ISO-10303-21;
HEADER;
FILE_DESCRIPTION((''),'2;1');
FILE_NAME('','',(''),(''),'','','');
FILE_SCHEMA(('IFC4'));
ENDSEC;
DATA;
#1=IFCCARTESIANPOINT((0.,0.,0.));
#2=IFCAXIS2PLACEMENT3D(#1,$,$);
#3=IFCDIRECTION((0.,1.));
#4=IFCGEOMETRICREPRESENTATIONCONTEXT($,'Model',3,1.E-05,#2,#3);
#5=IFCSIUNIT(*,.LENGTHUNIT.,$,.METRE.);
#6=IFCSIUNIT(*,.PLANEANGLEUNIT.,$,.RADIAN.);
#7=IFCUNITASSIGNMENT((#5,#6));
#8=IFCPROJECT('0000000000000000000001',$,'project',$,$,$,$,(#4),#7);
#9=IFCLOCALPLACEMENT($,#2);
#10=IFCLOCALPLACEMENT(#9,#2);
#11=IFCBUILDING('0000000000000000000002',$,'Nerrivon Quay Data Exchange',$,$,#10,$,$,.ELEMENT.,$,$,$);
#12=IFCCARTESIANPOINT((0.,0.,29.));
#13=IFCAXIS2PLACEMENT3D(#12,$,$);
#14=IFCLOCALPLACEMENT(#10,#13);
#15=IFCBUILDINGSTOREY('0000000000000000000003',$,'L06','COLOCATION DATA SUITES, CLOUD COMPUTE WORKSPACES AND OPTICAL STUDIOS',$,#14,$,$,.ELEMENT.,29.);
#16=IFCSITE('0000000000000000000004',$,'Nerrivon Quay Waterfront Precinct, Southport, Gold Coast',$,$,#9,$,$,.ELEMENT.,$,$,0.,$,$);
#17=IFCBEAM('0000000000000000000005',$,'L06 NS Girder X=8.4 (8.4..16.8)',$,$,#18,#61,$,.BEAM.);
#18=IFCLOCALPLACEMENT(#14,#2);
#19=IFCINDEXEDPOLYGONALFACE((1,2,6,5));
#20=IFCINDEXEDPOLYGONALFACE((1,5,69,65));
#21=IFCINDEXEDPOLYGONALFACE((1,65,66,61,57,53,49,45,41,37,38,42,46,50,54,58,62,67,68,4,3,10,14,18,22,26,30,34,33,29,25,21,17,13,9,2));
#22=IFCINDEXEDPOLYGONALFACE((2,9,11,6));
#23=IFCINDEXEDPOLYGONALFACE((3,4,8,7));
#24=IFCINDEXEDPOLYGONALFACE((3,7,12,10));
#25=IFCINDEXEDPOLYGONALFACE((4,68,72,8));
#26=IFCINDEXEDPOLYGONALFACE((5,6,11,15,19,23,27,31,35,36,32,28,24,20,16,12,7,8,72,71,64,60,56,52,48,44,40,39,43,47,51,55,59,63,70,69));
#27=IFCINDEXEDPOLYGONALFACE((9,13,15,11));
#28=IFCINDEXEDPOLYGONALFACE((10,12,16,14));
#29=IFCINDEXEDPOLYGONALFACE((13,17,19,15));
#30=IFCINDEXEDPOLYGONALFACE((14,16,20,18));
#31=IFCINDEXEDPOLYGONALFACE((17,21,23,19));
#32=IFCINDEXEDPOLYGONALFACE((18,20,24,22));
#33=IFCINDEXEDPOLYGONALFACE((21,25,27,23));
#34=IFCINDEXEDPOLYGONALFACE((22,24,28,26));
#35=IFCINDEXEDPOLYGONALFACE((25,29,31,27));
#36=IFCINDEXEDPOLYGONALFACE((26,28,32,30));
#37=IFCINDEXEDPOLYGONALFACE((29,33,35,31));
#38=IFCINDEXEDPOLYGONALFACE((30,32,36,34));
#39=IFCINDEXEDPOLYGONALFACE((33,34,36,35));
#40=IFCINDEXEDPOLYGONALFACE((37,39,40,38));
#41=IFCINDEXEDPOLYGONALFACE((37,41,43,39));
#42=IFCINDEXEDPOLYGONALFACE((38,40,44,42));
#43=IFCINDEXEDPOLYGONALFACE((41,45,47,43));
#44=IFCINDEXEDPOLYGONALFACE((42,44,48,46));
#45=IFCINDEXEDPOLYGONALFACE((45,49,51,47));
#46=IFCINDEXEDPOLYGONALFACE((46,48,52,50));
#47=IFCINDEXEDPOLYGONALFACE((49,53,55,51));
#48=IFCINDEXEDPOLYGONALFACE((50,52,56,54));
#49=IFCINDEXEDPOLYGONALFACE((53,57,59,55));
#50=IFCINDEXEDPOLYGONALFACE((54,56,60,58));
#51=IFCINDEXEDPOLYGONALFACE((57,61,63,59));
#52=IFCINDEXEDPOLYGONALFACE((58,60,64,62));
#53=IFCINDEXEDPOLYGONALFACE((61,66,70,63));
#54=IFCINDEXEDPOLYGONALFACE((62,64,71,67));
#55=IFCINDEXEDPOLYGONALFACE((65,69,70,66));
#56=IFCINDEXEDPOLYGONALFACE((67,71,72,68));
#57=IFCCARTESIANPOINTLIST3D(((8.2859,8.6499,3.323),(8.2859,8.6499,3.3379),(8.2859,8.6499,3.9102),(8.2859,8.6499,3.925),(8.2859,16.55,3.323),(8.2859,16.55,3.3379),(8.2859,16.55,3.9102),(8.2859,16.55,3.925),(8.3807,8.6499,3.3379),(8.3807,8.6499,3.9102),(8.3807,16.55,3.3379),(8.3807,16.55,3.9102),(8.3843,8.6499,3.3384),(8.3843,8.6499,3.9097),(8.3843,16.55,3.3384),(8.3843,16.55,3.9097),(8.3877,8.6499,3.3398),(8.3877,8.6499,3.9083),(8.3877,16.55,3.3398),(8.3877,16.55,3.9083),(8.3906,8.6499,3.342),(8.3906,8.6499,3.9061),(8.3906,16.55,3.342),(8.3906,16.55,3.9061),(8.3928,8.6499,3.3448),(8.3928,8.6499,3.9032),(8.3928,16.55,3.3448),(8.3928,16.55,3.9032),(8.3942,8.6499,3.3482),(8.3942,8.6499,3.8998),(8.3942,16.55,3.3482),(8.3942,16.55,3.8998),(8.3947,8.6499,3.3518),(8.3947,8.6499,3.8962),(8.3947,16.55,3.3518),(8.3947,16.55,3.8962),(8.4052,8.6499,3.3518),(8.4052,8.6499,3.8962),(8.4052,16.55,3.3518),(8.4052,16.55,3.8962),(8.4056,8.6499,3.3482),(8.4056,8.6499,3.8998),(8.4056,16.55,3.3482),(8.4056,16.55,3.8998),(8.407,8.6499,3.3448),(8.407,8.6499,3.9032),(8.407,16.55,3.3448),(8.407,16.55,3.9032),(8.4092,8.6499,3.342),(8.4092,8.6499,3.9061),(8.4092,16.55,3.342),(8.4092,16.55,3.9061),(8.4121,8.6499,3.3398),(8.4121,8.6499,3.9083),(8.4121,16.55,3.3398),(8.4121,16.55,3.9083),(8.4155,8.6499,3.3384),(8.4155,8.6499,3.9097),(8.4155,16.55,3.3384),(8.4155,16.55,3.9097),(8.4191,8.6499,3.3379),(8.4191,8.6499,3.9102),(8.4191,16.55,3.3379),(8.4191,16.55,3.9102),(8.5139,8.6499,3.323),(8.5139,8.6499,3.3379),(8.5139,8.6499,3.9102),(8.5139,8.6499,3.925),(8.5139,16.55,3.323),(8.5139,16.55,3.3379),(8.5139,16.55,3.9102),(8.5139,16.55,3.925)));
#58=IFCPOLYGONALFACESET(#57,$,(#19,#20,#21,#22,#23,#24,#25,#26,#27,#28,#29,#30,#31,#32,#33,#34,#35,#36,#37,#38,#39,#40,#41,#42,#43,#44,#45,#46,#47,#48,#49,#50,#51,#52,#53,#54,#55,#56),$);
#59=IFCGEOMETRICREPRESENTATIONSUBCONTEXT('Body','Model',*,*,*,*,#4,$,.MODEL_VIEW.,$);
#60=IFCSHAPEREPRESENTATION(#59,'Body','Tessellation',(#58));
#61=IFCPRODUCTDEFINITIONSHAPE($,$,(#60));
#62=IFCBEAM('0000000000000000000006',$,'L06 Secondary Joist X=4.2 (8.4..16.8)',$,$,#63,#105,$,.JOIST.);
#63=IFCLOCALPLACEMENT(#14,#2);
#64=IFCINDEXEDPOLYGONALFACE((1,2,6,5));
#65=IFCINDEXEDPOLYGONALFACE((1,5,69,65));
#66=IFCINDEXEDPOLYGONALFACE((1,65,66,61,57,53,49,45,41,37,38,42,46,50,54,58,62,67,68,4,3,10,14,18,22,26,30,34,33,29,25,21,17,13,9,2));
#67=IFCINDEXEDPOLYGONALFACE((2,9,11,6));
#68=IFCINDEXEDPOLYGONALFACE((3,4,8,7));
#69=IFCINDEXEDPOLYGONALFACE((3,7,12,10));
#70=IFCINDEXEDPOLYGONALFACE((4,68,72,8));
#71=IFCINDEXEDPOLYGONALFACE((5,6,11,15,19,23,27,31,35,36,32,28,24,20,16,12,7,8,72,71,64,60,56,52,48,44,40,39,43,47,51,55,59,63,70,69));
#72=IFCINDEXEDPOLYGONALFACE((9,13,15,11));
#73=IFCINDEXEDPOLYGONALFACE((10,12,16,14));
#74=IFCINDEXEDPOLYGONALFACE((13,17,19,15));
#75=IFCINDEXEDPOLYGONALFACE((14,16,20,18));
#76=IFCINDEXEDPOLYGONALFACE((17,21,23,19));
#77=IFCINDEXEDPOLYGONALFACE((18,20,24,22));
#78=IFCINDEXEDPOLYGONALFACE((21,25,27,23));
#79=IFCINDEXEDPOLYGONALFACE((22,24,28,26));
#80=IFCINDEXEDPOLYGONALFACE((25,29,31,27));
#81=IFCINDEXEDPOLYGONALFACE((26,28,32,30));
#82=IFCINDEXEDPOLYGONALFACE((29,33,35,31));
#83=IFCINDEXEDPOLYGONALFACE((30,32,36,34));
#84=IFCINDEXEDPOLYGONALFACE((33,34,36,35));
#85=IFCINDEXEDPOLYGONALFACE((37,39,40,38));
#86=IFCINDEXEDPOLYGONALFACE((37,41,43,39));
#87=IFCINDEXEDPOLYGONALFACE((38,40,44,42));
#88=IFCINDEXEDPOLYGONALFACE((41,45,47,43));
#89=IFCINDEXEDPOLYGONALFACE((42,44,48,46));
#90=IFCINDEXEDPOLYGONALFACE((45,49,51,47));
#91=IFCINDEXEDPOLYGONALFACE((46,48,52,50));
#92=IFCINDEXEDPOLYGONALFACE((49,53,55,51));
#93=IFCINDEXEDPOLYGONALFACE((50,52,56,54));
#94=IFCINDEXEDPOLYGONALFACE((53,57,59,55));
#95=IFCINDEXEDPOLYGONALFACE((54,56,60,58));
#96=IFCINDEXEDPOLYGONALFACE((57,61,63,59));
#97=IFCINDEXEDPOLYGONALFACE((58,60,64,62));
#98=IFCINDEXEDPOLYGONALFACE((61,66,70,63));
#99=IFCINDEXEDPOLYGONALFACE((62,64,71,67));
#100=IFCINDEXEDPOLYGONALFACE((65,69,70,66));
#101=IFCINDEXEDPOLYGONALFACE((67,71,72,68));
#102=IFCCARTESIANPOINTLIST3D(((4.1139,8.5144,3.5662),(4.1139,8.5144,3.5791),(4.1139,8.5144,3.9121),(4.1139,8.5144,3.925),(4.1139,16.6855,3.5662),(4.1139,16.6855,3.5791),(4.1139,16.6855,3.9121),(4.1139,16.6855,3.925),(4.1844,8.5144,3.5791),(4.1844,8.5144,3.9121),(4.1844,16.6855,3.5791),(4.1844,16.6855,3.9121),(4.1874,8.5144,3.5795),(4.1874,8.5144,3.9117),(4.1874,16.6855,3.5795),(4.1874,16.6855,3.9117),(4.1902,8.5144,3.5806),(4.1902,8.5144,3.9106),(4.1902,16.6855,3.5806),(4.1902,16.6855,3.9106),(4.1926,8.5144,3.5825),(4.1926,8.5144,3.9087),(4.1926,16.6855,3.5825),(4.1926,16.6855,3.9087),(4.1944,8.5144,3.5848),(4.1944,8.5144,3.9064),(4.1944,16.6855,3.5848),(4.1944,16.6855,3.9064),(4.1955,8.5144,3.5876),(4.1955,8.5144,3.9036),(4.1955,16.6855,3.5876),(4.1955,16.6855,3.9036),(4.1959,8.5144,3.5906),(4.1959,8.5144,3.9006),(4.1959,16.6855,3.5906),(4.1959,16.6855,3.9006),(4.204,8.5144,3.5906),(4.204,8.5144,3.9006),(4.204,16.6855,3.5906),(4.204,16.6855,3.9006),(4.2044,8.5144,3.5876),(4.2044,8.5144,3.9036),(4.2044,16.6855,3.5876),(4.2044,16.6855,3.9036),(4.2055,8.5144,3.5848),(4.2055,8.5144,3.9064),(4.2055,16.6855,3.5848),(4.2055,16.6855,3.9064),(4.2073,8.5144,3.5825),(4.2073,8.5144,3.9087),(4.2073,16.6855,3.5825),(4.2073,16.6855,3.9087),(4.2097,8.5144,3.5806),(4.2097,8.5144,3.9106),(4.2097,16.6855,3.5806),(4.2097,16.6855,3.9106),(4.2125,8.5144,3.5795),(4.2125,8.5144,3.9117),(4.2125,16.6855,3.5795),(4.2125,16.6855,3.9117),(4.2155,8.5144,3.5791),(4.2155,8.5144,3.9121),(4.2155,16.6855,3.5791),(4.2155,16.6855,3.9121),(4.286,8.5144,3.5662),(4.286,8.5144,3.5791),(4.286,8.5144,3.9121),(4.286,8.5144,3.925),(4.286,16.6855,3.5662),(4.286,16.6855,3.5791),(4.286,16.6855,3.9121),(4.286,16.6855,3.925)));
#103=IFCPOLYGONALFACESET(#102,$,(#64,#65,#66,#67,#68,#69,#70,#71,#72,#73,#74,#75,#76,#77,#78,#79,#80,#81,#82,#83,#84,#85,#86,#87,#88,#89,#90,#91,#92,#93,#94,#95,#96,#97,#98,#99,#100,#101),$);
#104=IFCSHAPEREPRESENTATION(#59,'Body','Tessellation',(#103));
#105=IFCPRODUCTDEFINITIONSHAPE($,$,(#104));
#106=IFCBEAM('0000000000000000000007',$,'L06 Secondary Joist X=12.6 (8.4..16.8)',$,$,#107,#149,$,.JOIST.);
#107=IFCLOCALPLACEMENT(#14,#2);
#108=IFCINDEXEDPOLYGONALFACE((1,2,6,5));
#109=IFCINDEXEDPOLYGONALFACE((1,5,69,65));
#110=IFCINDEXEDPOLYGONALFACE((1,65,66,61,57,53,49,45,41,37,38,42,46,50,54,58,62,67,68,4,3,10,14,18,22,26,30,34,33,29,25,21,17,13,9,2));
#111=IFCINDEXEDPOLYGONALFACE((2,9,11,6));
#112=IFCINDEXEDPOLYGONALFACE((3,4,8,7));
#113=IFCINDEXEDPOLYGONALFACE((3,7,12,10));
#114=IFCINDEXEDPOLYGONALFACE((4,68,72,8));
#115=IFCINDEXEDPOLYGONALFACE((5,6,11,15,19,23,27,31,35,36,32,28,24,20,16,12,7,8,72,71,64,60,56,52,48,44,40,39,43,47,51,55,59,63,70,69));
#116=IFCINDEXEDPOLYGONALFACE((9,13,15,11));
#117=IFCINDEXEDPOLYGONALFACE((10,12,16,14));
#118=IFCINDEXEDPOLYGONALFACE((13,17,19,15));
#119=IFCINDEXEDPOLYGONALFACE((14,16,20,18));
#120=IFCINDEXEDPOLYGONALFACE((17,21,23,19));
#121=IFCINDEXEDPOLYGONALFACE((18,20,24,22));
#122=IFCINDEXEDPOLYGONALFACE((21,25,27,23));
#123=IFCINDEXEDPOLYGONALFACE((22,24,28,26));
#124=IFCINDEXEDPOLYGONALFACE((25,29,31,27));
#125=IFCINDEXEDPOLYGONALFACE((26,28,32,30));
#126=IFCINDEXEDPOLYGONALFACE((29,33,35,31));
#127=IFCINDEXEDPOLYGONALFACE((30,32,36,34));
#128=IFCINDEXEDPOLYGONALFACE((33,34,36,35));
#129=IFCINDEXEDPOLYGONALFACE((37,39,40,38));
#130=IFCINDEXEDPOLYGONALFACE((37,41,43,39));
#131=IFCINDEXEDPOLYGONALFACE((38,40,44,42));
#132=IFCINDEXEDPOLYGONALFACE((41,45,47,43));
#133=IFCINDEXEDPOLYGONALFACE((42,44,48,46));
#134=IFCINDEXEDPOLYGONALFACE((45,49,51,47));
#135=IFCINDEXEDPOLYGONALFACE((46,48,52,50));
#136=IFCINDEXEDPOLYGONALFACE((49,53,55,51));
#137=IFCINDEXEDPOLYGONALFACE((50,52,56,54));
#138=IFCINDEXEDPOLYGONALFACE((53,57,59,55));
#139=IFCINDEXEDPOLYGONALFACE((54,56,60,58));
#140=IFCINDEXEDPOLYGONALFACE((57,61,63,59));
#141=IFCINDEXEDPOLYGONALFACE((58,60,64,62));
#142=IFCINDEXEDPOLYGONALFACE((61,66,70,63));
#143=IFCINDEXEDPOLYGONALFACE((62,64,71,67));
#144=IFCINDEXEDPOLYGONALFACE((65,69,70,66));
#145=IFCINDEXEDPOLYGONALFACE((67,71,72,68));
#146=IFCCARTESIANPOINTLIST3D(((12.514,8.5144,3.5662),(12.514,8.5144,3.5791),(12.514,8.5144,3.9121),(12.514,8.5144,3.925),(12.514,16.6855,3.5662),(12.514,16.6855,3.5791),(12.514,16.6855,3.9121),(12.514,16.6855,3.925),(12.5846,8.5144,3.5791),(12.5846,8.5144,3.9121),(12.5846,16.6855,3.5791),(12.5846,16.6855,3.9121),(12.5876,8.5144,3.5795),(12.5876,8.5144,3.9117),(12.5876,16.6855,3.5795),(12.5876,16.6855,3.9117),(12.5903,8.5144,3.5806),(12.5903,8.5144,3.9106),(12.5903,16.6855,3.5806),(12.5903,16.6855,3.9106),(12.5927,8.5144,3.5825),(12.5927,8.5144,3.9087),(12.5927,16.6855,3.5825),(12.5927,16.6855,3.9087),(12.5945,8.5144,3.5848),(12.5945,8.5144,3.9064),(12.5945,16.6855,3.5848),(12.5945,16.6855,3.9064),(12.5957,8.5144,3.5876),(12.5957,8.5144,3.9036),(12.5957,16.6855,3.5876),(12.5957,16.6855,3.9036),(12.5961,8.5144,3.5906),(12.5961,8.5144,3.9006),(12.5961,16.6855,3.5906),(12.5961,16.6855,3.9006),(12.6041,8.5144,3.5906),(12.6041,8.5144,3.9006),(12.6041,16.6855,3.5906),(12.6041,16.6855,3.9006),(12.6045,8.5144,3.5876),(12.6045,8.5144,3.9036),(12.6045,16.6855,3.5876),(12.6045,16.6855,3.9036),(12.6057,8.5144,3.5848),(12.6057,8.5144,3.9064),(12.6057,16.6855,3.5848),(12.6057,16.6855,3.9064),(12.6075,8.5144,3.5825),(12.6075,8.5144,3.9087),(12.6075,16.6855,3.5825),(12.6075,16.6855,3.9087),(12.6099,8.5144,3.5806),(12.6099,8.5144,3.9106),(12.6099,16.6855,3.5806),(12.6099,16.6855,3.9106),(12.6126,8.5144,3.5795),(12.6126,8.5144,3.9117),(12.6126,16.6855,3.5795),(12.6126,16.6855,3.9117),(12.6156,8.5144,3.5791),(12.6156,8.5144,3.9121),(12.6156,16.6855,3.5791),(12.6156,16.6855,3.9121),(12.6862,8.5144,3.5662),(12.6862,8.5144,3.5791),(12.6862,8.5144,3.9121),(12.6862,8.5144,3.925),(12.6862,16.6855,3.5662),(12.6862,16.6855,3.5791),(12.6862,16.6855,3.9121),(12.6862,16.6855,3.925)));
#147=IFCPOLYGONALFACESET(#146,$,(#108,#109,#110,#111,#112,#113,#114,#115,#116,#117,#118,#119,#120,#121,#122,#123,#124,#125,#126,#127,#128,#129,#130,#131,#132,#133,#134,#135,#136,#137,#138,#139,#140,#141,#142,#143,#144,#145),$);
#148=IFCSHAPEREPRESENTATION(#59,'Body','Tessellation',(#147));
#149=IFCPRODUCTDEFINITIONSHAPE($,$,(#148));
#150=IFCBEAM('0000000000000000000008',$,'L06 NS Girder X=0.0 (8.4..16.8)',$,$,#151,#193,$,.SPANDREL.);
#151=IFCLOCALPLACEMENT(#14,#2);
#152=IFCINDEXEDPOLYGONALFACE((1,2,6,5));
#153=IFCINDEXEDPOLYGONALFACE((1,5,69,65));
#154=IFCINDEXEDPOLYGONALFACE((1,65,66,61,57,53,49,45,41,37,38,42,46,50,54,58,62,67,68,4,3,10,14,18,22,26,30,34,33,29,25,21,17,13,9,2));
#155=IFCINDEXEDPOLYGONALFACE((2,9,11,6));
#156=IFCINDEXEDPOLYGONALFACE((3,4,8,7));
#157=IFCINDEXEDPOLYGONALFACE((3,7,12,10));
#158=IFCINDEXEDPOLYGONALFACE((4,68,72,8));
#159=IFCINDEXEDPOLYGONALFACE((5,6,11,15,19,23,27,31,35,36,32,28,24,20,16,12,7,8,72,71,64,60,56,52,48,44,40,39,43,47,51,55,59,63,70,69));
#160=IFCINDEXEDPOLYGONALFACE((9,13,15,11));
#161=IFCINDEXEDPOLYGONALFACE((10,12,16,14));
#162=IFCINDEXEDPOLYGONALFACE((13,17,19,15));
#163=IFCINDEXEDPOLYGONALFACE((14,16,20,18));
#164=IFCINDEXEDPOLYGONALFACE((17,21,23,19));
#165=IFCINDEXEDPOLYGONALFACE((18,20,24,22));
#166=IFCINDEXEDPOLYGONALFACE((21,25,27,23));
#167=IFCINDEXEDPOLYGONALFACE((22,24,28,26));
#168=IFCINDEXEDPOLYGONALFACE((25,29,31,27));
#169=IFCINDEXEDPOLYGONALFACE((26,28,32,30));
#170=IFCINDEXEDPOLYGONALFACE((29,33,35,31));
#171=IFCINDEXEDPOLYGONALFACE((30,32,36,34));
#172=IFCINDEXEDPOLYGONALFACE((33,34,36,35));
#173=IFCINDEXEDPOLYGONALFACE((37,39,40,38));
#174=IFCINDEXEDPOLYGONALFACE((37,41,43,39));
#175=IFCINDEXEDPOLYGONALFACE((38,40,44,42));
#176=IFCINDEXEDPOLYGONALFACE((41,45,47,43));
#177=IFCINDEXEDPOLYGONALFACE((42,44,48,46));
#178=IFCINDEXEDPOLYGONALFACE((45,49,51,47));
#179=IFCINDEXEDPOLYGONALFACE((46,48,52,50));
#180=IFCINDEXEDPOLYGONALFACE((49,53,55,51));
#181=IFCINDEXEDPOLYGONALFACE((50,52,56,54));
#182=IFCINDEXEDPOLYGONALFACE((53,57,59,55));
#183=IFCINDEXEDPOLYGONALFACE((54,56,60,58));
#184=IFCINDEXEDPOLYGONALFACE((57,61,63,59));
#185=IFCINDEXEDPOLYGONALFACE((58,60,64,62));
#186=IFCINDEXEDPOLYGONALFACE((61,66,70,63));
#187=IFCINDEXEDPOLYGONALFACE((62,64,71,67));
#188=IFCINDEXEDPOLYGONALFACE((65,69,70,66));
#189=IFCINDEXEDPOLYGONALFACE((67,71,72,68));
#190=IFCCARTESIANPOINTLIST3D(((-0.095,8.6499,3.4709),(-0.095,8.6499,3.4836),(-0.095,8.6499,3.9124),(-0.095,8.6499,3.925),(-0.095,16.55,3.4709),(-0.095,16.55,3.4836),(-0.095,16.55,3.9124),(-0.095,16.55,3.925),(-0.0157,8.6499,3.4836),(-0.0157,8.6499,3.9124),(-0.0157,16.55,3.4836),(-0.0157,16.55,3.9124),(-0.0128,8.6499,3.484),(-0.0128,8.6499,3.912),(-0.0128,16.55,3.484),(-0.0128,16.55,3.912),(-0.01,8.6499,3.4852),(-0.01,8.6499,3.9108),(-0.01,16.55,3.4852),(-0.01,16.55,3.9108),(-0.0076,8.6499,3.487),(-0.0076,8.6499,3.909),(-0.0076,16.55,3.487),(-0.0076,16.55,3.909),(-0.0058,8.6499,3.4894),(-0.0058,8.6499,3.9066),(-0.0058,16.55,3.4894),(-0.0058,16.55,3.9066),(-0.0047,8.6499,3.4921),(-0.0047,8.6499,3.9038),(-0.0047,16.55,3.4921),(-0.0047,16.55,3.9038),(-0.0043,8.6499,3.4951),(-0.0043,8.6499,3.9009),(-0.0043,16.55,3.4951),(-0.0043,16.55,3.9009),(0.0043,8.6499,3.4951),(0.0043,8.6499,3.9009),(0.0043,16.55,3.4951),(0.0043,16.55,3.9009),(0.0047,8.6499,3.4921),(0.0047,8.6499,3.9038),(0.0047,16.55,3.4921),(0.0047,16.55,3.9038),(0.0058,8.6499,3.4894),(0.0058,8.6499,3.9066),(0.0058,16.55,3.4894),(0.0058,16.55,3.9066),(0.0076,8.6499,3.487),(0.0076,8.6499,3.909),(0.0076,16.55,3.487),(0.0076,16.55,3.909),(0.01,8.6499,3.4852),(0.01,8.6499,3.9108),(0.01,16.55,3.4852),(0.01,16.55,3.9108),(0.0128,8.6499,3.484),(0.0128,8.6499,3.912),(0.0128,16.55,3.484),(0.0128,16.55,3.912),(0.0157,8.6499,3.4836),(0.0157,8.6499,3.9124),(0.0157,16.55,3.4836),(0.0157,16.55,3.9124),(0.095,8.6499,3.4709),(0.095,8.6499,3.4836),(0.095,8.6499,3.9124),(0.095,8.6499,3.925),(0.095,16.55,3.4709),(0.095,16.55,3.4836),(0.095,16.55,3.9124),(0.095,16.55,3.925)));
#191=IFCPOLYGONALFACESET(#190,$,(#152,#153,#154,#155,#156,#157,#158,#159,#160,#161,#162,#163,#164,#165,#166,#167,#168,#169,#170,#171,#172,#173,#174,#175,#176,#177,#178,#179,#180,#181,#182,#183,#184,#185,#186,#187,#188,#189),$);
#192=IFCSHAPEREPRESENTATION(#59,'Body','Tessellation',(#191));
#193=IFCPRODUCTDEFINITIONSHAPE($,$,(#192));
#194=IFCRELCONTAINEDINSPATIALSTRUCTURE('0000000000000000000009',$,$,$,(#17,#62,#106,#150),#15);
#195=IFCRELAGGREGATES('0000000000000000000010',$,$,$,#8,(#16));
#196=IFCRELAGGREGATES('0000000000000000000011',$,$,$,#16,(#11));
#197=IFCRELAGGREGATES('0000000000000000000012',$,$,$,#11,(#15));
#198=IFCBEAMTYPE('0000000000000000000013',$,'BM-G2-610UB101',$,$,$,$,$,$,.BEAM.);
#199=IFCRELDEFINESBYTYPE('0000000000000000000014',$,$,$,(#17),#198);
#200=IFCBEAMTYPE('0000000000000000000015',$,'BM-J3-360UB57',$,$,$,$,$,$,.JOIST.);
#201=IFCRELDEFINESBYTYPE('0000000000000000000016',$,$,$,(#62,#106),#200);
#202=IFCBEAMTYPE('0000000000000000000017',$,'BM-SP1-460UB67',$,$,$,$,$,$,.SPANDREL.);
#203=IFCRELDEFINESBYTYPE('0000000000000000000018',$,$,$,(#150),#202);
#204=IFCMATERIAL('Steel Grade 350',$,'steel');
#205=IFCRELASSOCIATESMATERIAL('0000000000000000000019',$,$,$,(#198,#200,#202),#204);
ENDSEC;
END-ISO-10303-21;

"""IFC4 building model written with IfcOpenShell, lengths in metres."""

from ifc_helpers import new_model, si_unit, direction, frame, origin, origin_2d, place, context, subcontext, project, spatial, i_section, extrude, material, material_profile, profile_set, type_object, element, save


model = new_model("IFC4")

# Units and contexts
model_context = context("Model", 3, precision=1e-05, world=origin(), true_north=direction((0.0, 1.0)))
body_context = subcontext(model_context, "Body", "Model", "MODEL_VIEW")
ifc_project = project(units=[si_unit("LENGTHUNIT", "METRE"), si_unit("PLANEANGLEUNIT", "RADIAN")], contexts=[model_context])

# Site, building, storey
site_placement = place(None, origin())
site = spatial("IfcSite", under=ifc_project, at=site_placement, Name="Nerrivon Quay Waterfront Precinct, Southport, Gold Coast", CompositionType="ELEMENT", RefElevation=0.0)
building_placement = place(site_placement, origin())
building = spatial("IfcBuilding", under=site, at=building_placement, Name="Nerrivon Quay Data Exchange", CompositionType="ELEMENT")
storey_placement = place(building_placement, frame((0.0, 0.0, 29.0)))
storey = spatial("IfcBuildingStorey", under=building, at=storey_placement, Name="L06", Description="COLOCATION DATA SUITES, CLOUD COMPUTE WORKSPACES AND OPTICAL STUDIOS", CompositionType="ELEMENT", Elevation=29.0)

# Shared definitions
ifc_material_1 = material(Name="Steel Grade 350", Category="steel")

# Beams
ifc_material_profile_1 = material_profile(ifc_material_1, i_section(OverallWidth=0.228, OverallDepth=0.6021, WebThickness=0.0105, FlangeThickness=0.0149, FilletRadius=0.0139, at=origin_2d()), Name="610UB101")
ifc_profile_set_1 = profile_set([ifc_material_profile_1], Name="Steel Grade 350")
beam_type_1 = type_object("IfcBeamType", Name="BM-G2-610UB101", PredefinedType="BEAM", material=ifc_profile_set_1)
beam_1_placement = place(storey_placement, frame((8.3999, 8.6499, 3.624), z_axis=(0.0, 1.0, 0.0), x_axis=(-1.0, 0.0, 0.0)))
element("IfcBeam", 1, at=beam_1_placement, inside=storey, type_object=beam_type_1, Name="L06 NS Girder X=8.4 (8.4..16.8)", PredefinedType="BEAM", context=body_context, shape_type="SweptSolid", body=[
    extrude(i_section(OverallWidth=0.228, OverallDepth=0.6021, WebThickness=0.0105, FlangeThickness=0.0149, FilletRadius=0.0139, at=origin_2d()), origin(), (0.0, 0.0, 1.0), 7.9001),
])
ifc_material_profile_2 = material_profile(ifc_material_1, i_section(OverallWidth=0.1721, OverallDepth=0.3589, WebThickness=0.0081, FlangeThickness=0.0129, FilletRadius=0.0115, at=origin_2d()), Name="360UB56.7")
ifc_profile_set_2 = profile_set([ifc_material_profile_2], Name="Steel Grade 350")
beam_type_2 = type_object("IfcBeamType", Name="BM-J3-360UB57", PredefinedType="JOIST", material=ifc_profile_set_2)
for number, where, z_axis, x_axis, name in (
    (2, (4.2, 8.5144, 3.7456), (0.0, 1.0, 0.0), (-1.0, 0.0, 0.0), "L06 Secondary Joist X=4.2 (8.4..16.8)"),
    (3, (12.6001, 8.5144, 3.7456), (0.0, 1.0, 0.0), (-1.0, 0.0, 0.0), "L06 Secondary Joist X=12.6 (8.4..16.8)"),
):
    element("IfcBeam", number, at=place(storey_placement, frame(where, z_axis=z_axis, x_axis=x_axis)), inside=storey, type_object=beam_type_2, Name=name, PredefinedType="JOIST", context=body_context, shape_type="SweptSolid", body=[
        extrude(i_section(OverallWidth=0.1721, OverallDepth=0.3589, WebThickness=0.0081, FlangeThickness=0.0129, FilletRadius=0.0115, at=origin_2d()), origin(), (0.0, 0.0, 1.0), 8.1711),
    ])
ifc_material_profile_3 = material_profile(ifc_material_1, i_section(OverallWidth=0.1899, OverallDepth=0.4541, WebThickness=0.0085, FlangeThickness=0.0127, FilletRadius=0.0115, at=origin_2d()), Name="460UB67.1")
ifc_profile_set_3 = profile_set([ifc_material_profile_3], Name="Steel Grade 350")
beam_type_3 = type_object("IfcBeamType", Name="BM-SP1-460UB67", PredefinedType="SPANDREL", material=ifc_profile_set_3)
beam_2_placement = place(storey_placement, frame((0.0, 8.6499, 3.698), z_axis=(0.0, 1.0, 0.0), x_axis=(-1.0, 0.0, 0.0)))
element("IfcBeam", 4, at=beam_2_placement, inside=storey, type_object=beam_type_3, Name="L06 NS Girder X=0.0 (8.4..16.8)", PredefinedType="SPANDREL", context=body_context, shape_type="SweptSolid", body=[
    extrude(i_section(OverallWidth=0.1899, OverallDepth=0.4541, WebThickness=0.0085, FlangeThickness=0.0127, FilletRadius=0.0115, at=origin_2d()), origin(), (0.0, 0.0, 1.0), 7.9001),
])

save(model, "model.ifc")
